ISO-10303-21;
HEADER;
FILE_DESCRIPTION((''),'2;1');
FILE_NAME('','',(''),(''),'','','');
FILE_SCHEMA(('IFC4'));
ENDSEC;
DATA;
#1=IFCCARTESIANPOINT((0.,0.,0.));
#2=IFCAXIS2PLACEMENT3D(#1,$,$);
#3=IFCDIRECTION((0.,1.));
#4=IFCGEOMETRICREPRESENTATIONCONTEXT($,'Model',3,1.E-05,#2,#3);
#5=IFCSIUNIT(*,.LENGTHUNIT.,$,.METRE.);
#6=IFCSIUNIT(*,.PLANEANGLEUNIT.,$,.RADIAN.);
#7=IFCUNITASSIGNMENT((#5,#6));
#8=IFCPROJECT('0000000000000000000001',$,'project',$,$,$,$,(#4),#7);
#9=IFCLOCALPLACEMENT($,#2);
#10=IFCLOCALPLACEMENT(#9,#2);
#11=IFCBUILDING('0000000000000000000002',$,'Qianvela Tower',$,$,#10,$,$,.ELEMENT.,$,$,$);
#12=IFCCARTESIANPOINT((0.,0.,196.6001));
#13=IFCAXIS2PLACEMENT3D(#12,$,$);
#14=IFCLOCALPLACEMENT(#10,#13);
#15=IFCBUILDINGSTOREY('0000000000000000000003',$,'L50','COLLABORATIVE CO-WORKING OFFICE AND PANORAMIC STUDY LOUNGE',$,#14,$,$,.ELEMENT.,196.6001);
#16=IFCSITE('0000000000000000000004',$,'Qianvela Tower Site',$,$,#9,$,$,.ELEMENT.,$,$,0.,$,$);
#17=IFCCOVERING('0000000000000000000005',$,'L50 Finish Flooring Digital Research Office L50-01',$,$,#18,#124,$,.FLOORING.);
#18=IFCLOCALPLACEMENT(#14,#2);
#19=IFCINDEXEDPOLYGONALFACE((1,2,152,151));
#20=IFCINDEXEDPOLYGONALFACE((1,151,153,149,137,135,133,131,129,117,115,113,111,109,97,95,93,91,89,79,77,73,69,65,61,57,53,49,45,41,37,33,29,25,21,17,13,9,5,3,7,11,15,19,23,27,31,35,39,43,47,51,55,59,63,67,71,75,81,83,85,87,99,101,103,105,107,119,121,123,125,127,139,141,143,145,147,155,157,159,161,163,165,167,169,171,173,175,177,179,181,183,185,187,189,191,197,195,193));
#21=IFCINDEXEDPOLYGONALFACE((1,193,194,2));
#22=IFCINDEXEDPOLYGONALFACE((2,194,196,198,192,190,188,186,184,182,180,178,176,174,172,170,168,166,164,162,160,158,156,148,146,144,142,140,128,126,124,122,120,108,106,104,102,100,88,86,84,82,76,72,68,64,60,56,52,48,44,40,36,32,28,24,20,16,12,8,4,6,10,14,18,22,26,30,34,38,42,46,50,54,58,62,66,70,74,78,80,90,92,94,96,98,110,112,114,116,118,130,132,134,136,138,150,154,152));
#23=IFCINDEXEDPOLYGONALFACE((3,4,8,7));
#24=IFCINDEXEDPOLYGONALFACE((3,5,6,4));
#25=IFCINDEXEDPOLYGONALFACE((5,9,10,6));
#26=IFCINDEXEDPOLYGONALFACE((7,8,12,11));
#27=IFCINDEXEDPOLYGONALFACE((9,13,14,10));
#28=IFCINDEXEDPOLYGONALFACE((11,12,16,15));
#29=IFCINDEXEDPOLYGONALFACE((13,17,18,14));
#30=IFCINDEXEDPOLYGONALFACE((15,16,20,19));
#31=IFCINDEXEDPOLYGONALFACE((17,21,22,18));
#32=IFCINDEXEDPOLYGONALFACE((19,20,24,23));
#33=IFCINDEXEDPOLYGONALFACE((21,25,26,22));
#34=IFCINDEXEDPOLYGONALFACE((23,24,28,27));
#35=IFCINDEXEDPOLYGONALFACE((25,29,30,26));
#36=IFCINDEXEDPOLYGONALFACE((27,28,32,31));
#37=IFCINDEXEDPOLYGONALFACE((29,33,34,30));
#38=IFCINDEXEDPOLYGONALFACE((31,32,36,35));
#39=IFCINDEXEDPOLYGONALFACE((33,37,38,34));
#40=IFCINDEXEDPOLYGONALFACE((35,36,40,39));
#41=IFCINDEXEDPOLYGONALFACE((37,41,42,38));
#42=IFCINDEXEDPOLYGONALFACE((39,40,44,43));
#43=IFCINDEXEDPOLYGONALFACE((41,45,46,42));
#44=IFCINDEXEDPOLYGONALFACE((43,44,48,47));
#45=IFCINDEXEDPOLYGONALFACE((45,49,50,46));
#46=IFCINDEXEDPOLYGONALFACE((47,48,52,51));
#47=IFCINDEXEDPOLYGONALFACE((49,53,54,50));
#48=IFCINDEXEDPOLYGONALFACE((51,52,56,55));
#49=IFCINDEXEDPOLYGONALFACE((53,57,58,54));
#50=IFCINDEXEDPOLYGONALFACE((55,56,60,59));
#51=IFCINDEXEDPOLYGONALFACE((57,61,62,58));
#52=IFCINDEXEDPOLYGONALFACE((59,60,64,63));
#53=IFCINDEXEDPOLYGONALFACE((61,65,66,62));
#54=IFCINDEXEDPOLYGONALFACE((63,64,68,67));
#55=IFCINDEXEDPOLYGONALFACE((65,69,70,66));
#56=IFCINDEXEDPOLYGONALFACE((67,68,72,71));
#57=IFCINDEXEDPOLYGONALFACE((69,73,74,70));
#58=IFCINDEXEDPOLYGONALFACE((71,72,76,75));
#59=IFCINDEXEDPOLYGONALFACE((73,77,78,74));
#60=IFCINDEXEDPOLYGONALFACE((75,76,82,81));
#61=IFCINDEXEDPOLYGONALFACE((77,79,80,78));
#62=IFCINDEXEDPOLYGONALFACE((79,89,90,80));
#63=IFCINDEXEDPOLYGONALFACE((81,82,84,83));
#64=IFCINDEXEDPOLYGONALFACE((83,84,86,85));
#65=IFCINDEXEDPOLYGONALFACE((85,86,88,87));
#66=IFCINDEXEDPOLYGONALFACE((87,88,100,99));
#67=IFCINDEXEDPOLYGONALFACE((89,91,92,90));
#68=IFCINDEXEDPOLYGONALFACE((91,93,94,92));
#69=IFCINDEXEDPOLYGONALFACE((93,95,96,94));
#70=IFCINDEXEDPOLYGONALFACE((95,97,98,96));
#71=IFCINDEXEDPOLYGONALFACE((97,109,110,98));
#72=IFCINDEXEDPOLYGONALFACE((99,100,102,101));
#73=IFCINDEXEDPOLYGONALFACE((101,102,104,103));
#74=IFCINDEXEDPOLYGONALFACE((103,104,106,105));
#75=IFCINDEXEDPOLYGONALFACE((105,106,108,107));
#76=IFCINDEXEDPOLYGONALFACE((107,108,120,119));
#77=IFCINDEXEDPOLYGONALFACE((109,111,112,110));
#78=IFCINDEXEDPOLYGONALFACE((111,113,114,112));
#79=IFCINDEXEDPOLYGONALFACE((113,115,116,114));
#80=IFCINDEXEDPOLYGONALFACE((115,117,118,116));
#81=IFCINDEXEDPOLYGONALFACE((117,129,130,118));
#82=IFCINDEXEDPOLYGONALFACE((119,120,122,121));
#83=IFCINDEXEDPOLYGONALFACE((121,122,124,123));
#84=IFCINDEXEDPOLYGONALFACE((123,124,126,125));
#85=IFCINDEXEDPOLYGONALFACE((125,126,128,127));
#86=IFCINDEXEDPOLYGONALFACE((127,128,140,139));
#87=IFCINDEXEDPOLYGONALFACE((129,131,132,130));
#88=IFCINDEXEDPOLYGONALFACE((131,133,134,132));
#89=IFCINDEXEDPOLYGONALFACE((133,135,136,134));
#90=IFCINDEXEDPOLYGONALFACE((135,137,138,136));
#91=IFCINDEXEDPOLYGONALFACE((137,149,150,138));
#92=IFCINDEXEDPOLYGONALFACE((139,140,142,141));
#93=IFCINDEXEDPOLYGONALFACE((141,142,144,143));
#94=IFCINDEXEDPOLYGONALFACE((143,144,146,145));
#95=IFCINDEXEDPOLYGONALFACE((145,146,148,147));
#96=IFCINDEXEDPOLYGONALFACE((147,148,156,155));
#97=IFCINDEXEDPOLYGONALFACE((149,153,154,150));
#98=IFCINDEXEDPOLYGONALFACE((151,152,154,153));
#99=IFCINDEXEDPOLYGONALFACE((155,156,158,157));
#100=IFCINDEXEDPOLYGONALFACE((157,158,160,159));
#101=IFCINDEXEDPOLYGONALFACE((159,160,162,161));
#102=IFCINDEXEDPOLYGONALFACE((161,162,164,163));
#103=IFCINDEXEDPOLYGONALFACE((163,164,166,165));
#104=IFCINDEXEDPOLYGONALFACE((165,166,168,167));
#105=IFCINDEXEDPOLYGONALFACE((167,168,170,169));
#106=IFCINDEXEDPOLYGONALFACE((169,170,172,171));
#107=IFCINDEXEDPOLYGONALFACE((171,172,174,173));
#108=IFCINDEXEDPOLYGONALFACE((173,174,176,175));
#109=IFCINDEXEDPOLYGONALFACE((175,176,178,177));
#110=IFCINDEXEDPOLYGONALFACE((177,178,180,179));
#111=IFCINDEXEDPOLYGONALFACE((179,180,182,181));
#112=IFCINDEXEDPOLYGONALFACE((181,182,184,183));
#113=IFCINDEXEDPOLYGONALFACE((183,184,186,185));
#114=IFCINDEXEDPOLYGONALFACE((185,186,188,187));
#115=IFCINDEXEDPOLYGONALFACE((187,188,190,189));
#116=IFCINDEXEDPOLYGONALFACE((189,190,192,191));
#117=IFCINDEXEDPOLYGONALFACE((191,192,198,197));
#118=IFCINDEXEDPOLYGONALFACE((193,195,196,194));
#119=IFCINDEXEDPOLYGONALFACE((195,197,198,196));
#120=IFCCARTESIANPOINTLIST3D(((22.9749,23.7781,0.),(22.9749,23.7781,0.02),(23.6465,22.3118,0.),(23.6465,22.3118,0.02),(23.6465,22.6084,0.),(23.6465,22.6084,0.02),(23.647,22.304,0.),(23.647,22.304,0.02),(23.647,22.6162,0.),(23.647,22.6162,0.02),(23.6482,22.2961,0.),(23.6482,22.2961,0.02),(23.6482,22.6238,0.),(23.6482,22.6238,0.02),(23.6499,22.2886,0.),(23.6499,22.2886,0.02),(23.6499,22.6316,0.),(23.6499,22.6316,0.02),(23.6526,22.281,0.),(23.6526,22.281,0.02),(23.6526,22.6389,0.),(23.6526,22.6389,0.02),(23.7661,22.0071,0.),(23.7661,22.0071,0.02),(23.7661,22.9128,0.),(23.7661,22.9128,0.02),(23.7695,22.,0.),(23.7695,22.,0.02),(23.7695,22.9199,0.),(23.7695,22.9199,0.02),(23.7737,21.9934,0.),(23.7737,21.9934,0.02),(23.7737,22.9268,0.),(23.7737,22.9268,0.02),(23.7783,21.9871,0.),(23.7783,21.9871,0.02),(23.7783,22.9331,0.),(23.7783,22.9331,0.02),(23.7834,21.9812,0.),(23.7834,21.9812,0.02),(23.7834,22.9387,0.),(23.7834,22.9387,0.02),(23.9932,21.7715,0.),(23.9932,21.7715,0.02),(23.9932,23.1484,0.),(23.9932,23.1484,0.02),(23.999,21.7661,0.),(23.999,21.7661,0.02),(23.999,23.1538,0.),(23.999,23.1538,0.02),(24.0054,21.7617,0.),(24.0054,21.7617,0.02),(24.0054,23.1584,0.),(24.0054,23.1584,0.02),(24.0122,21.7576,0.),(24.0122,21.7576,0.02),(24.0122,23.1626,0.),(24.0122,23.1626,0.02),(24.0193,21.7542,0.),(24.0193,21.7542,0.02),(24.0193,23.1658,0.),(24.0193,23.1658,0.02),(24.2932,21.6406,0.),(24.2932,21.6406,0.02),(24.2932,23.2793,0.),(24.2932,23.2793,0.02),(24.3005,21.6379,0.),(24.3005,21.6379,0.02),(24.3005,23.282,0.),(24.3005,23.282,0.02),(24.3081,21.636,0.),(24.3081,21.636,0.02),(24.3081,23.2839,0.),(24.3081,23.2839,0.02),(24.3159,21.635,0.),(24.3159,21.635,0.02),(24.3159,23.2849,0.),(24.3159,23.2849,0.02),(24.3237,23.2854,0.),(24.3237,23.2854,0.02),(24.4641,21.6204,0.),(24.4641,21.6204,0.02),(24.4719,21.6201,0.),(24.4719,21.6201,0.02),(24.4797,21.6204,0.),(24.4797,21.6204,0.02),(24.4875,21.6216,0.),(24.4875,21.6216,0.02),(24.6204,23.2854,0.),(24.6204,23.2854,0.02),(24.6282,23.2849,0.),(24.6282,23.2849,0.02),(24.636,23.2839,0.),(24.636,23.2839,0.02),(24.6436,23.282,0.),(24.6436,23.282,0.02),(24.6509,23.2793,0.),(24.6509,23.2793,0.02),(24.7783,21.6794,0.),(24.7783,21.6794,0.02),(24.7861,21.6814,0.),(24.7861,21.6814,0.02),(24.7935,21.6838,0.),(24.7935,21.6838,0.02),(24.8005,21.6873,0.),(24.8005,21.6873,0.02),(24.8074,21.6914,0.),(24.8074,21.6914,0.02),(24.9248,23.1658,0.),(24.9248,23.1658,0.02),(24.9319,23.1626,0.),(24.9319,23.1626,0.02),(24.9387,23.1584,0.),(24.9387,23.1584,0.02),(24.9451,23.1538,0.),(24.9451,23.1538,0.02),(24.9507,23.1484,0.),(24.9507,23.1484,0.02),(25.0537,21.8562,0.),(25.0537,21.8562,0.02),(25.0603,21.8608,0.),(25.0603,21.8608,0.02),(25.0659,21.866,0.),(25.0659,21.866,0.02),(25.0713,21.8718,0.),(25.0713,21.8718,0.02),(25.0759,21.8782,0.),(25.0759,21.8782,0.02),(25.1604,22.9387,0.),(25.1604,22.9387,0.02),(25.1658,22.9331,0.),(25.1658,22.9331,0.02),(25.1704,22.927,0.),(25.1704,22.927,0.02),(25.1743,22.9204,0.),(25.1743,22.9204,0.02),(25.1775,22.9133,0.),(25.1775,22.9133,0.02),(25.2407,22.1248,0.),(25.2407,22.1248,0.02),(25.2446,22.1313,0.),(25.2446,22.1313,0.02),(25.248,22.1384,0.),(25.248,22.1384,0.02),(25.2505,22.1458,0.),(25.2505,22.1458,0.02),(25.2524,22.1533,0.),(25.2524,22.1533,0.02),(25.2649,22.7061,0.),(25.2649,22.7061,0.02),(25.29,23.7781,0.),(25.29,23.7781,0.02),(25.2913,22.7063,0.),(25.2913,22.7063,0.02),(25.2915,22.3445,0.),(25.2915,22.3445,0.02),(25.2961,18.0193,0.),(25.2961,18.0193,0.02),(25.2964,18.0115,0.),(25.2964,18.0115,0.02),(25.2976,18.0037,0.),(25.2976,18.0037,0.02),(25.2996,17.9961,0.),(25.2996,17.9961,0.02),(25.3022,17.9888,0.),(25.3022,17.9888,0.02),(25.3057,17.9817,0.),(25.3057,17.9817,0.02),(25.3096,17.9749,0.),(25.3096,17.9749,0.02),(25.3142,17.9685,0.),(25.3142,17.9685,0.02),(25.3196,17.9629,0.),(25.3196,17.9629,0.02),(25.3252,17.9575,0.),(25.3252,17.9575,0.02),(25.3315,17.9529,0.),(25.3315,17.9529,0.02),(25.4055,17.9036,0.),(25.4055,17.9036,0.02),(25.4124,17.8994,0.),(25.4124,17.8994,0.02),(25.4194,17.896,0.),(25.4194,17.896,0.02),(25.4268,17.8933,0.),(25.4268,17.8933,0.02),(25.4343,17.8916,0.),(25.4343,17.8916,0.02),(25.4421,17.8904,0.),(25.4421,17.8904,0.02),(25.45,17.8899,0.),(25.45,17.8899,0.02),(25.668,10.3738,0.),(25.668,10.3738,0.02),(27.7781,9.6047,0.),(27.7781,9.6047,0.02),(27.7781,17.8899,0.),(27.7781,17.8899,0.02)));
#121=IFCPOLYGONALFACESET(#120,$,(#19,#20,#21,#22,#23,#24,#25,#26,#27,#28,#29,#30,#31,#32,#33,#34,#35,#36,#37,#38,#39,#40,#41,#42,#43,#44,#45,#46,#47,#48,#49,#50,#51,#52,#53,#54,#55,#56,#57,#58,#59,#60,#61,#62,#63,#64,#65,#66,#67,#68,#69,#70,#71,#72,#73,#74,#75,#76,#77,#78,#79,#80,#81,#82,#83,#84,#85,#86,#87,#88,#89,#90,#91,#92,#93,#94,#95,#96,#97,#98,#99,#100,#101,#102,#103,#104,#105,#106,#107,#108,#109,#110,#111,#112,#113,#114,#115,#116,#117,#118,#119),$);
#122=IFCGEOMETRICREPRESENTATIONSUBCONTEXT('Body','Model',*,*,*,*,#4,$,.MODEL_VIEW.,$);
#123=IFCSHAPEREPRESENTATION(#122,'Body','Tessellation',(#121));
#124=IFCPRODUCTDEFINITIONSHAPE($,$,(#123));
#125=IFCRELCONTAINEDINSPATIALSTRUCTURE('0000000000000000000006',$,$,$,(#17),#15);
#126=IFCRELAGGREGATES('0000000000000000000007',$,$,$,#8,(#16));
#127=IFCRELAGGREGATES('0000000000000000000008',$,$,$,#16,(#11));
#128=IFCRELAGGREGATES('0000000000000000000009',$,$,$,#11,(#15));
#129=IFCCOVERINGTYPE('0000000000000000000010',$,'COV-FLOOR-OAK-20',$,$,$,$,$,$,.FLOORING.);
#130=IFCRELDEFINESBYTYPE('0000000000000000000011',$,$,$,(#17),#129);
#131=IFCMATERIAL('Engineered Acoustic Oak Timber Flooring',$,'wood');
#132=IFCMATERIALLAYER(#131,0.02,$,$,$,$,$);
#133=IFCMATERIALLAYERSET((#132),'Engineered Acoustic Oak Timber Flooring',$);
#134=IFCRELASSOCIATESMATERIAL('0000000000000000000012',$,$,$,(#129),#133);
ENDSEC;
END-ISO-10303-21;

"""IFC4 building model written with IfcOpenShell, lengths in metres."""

from ifc_helpers import new_model, si_unit, direction, frame, origin, place, context, subcontext, project, spatial, polyline, outline, extrude, material, layer, layer_set, type_object, element, save


model = new_model("IFC4")

# Units and contexts
model_context = context("Model", 3, precision=1e-05, world=origin(), true_north=direction((0.0, 1.0)))
body_context = subcontext(model_context, "Body", "Model", "MODEL_VIEW")
ifc_project = project(units=[si_unit("LENGTHUNIT", "METRE"), si_unit("PLANEANGLEUNIT", "RADIAN")], contexts=[model_context])

# Site, building, storey
site_placement = place(None, origin())
site = spatial("IfcSite", under=ifc_project, at=site_placement, Name="Qianvela Tower Site", CompositionType="ELEMENT", RefElevation=0.0)
building_placement = place(site_placement, origin())
building = spatial("IfcBuilding", under=site, at=building_placement, Name="Qianvela Tower", CompositionType="ELEMENT")
storey_placement = place(building_placement, frame((0.0, 0.0, 196.6001)))
storey = spatial("IfcBuildingStorey", under=building, at=storey_placement, Name="L50", Description="COLLABORATIVE CO-WORKING OFFICE AND PANORAMIC STUDY LOUNGE", CompositionType="ELEMENT", Elevation=196.6001)

# Covering
ifc_material_1 = material(Name="Engineered Acoustic Oak Timber Flooring", Category="wood")
ifc_layer_1 = layer(ifc_material_1, 0.02)
ifc_layer_set_1 = layer_set([ifc_layer_1], Name="Engineered Acoustic Oak Timber Flooring")
covering_type_1 = type_object("IfcCoveringType", Name="COV-FLOOR-OAK-20", PredefinedType="FLOORING", material=ifc_layer_set_1)
covering_1_placement = place(storey_placement, origin())
element("IfcCovering", 1, at=covering_1_placement, inside=storey, type_object=covering_type_1, Name="L50 Finish Flooring Digital Research Office L50-01", PredefinedType="FLOORING", context=body_context, shape_type="SweptSolid", body=[
    extrude(outline(polyline([(25.2913, 22.7063), (25.2649, 22.7061), (25.1775, 22.9133), (25.1743, 22.9204), (25.1704, 22.927), (25.1658, 22.9331), (25.1604, 22.9387), (24.9507, 23.1484), (24.9451, 23.1538), (24.9387, 23.1584), (24.9319, 23.1626), (24.9248, 23.1658), (24.6509, 23.2793), (24.6436, 23.282), (24.636, 23.2839), (24.6282, 23.2849), (24.6204, 23.2854), (24.3237, 23.2854), (24.3159, 23.2849), (24.3081, 23.2839), (24.3005, 23.282), (24.2932, 23.2793), (24.0193, 23.1658), (24.0122, 23.1626), (24.0054, 23.1584), (23.999, 23.1538), (23.9932, 23.1484), (23.7834, 22.9387), (23.7783, 22.9331), (23.7737, 22.9268), (23.7695, 22.9199), (23.7661, 22.9128), (23.6526, 22.6389), (23.6499, 22.6316), (23.6482, 22.6238), (23.647, 22.6162), (23.6465, 22.6084), (23.6465, 22.3118), (23.647, 22.304), (23.6482, 22.2961), (23.6499, 22.2886), (23.6526, 22.281), (23.7661, 22.0071), (23.7695, 22.0), (23.7737, 21.9934), (23.7783, 21.9871), (23.7834, 21.9812), (23.9932, 21.7715), (23.999, 21.7661), (24.0054, 21.7617), (24.0122, 21.7576), (24.0193, 21.7542), (24.2932, 21.6406), (24.3005, 21.6379), (24.3081, 21.636), (24.3159, 21.635), (24.4641, 21.6204), (24.4719, 21.6201), (24.4797, 21.6204), (24.4875, 21.6216), (24.7783, 21.6794), (24.7861, 21.6814), (24.7935, 21.6838), (24.8005, 21.6873), (24.8074, 21.6914), (25.0537, 21.8562), (25.0603, 21.8608), (25.0659, 21.866), (25.0713, 21.8718), (25.0759, 21.8782), (25.2407, 22.1248), (25.2446, 22.1313), (25.248, 22.1384), (25.2505, 22.1458), (25.2524, 22.1533), (25.2915, 22.3445), (25.2961, 18.0193), (25.2964, 18.0115), (25.2976, 18.0037), (25.2996, 17.9961), (25.3022, 17.9888), (25.3057, 17.9817), (25.3096, 17.9749), (25.3142, 17.9685), (25.3196, 17.9629), (25.3252, 17.9575), (25.3315, 17.9529), (25.4055, 17.9036), (25.4124, 17.8994), (25.4194, 17.896), (25.4268, 17.8933), (25.4343, 17.8916), (25.4421, 17.8904), (25.45, 17.8899), (27.7781, 17.8899), (27.7781, 9.6047), (25.668, 10.3738), (22.9749, 23.7781), (25.29, 23.7781), (25.2913, 22.7063)])), origin(), (0.0, 0.0, 1.0), 0.02),
])

save(model, "model.ifc")
